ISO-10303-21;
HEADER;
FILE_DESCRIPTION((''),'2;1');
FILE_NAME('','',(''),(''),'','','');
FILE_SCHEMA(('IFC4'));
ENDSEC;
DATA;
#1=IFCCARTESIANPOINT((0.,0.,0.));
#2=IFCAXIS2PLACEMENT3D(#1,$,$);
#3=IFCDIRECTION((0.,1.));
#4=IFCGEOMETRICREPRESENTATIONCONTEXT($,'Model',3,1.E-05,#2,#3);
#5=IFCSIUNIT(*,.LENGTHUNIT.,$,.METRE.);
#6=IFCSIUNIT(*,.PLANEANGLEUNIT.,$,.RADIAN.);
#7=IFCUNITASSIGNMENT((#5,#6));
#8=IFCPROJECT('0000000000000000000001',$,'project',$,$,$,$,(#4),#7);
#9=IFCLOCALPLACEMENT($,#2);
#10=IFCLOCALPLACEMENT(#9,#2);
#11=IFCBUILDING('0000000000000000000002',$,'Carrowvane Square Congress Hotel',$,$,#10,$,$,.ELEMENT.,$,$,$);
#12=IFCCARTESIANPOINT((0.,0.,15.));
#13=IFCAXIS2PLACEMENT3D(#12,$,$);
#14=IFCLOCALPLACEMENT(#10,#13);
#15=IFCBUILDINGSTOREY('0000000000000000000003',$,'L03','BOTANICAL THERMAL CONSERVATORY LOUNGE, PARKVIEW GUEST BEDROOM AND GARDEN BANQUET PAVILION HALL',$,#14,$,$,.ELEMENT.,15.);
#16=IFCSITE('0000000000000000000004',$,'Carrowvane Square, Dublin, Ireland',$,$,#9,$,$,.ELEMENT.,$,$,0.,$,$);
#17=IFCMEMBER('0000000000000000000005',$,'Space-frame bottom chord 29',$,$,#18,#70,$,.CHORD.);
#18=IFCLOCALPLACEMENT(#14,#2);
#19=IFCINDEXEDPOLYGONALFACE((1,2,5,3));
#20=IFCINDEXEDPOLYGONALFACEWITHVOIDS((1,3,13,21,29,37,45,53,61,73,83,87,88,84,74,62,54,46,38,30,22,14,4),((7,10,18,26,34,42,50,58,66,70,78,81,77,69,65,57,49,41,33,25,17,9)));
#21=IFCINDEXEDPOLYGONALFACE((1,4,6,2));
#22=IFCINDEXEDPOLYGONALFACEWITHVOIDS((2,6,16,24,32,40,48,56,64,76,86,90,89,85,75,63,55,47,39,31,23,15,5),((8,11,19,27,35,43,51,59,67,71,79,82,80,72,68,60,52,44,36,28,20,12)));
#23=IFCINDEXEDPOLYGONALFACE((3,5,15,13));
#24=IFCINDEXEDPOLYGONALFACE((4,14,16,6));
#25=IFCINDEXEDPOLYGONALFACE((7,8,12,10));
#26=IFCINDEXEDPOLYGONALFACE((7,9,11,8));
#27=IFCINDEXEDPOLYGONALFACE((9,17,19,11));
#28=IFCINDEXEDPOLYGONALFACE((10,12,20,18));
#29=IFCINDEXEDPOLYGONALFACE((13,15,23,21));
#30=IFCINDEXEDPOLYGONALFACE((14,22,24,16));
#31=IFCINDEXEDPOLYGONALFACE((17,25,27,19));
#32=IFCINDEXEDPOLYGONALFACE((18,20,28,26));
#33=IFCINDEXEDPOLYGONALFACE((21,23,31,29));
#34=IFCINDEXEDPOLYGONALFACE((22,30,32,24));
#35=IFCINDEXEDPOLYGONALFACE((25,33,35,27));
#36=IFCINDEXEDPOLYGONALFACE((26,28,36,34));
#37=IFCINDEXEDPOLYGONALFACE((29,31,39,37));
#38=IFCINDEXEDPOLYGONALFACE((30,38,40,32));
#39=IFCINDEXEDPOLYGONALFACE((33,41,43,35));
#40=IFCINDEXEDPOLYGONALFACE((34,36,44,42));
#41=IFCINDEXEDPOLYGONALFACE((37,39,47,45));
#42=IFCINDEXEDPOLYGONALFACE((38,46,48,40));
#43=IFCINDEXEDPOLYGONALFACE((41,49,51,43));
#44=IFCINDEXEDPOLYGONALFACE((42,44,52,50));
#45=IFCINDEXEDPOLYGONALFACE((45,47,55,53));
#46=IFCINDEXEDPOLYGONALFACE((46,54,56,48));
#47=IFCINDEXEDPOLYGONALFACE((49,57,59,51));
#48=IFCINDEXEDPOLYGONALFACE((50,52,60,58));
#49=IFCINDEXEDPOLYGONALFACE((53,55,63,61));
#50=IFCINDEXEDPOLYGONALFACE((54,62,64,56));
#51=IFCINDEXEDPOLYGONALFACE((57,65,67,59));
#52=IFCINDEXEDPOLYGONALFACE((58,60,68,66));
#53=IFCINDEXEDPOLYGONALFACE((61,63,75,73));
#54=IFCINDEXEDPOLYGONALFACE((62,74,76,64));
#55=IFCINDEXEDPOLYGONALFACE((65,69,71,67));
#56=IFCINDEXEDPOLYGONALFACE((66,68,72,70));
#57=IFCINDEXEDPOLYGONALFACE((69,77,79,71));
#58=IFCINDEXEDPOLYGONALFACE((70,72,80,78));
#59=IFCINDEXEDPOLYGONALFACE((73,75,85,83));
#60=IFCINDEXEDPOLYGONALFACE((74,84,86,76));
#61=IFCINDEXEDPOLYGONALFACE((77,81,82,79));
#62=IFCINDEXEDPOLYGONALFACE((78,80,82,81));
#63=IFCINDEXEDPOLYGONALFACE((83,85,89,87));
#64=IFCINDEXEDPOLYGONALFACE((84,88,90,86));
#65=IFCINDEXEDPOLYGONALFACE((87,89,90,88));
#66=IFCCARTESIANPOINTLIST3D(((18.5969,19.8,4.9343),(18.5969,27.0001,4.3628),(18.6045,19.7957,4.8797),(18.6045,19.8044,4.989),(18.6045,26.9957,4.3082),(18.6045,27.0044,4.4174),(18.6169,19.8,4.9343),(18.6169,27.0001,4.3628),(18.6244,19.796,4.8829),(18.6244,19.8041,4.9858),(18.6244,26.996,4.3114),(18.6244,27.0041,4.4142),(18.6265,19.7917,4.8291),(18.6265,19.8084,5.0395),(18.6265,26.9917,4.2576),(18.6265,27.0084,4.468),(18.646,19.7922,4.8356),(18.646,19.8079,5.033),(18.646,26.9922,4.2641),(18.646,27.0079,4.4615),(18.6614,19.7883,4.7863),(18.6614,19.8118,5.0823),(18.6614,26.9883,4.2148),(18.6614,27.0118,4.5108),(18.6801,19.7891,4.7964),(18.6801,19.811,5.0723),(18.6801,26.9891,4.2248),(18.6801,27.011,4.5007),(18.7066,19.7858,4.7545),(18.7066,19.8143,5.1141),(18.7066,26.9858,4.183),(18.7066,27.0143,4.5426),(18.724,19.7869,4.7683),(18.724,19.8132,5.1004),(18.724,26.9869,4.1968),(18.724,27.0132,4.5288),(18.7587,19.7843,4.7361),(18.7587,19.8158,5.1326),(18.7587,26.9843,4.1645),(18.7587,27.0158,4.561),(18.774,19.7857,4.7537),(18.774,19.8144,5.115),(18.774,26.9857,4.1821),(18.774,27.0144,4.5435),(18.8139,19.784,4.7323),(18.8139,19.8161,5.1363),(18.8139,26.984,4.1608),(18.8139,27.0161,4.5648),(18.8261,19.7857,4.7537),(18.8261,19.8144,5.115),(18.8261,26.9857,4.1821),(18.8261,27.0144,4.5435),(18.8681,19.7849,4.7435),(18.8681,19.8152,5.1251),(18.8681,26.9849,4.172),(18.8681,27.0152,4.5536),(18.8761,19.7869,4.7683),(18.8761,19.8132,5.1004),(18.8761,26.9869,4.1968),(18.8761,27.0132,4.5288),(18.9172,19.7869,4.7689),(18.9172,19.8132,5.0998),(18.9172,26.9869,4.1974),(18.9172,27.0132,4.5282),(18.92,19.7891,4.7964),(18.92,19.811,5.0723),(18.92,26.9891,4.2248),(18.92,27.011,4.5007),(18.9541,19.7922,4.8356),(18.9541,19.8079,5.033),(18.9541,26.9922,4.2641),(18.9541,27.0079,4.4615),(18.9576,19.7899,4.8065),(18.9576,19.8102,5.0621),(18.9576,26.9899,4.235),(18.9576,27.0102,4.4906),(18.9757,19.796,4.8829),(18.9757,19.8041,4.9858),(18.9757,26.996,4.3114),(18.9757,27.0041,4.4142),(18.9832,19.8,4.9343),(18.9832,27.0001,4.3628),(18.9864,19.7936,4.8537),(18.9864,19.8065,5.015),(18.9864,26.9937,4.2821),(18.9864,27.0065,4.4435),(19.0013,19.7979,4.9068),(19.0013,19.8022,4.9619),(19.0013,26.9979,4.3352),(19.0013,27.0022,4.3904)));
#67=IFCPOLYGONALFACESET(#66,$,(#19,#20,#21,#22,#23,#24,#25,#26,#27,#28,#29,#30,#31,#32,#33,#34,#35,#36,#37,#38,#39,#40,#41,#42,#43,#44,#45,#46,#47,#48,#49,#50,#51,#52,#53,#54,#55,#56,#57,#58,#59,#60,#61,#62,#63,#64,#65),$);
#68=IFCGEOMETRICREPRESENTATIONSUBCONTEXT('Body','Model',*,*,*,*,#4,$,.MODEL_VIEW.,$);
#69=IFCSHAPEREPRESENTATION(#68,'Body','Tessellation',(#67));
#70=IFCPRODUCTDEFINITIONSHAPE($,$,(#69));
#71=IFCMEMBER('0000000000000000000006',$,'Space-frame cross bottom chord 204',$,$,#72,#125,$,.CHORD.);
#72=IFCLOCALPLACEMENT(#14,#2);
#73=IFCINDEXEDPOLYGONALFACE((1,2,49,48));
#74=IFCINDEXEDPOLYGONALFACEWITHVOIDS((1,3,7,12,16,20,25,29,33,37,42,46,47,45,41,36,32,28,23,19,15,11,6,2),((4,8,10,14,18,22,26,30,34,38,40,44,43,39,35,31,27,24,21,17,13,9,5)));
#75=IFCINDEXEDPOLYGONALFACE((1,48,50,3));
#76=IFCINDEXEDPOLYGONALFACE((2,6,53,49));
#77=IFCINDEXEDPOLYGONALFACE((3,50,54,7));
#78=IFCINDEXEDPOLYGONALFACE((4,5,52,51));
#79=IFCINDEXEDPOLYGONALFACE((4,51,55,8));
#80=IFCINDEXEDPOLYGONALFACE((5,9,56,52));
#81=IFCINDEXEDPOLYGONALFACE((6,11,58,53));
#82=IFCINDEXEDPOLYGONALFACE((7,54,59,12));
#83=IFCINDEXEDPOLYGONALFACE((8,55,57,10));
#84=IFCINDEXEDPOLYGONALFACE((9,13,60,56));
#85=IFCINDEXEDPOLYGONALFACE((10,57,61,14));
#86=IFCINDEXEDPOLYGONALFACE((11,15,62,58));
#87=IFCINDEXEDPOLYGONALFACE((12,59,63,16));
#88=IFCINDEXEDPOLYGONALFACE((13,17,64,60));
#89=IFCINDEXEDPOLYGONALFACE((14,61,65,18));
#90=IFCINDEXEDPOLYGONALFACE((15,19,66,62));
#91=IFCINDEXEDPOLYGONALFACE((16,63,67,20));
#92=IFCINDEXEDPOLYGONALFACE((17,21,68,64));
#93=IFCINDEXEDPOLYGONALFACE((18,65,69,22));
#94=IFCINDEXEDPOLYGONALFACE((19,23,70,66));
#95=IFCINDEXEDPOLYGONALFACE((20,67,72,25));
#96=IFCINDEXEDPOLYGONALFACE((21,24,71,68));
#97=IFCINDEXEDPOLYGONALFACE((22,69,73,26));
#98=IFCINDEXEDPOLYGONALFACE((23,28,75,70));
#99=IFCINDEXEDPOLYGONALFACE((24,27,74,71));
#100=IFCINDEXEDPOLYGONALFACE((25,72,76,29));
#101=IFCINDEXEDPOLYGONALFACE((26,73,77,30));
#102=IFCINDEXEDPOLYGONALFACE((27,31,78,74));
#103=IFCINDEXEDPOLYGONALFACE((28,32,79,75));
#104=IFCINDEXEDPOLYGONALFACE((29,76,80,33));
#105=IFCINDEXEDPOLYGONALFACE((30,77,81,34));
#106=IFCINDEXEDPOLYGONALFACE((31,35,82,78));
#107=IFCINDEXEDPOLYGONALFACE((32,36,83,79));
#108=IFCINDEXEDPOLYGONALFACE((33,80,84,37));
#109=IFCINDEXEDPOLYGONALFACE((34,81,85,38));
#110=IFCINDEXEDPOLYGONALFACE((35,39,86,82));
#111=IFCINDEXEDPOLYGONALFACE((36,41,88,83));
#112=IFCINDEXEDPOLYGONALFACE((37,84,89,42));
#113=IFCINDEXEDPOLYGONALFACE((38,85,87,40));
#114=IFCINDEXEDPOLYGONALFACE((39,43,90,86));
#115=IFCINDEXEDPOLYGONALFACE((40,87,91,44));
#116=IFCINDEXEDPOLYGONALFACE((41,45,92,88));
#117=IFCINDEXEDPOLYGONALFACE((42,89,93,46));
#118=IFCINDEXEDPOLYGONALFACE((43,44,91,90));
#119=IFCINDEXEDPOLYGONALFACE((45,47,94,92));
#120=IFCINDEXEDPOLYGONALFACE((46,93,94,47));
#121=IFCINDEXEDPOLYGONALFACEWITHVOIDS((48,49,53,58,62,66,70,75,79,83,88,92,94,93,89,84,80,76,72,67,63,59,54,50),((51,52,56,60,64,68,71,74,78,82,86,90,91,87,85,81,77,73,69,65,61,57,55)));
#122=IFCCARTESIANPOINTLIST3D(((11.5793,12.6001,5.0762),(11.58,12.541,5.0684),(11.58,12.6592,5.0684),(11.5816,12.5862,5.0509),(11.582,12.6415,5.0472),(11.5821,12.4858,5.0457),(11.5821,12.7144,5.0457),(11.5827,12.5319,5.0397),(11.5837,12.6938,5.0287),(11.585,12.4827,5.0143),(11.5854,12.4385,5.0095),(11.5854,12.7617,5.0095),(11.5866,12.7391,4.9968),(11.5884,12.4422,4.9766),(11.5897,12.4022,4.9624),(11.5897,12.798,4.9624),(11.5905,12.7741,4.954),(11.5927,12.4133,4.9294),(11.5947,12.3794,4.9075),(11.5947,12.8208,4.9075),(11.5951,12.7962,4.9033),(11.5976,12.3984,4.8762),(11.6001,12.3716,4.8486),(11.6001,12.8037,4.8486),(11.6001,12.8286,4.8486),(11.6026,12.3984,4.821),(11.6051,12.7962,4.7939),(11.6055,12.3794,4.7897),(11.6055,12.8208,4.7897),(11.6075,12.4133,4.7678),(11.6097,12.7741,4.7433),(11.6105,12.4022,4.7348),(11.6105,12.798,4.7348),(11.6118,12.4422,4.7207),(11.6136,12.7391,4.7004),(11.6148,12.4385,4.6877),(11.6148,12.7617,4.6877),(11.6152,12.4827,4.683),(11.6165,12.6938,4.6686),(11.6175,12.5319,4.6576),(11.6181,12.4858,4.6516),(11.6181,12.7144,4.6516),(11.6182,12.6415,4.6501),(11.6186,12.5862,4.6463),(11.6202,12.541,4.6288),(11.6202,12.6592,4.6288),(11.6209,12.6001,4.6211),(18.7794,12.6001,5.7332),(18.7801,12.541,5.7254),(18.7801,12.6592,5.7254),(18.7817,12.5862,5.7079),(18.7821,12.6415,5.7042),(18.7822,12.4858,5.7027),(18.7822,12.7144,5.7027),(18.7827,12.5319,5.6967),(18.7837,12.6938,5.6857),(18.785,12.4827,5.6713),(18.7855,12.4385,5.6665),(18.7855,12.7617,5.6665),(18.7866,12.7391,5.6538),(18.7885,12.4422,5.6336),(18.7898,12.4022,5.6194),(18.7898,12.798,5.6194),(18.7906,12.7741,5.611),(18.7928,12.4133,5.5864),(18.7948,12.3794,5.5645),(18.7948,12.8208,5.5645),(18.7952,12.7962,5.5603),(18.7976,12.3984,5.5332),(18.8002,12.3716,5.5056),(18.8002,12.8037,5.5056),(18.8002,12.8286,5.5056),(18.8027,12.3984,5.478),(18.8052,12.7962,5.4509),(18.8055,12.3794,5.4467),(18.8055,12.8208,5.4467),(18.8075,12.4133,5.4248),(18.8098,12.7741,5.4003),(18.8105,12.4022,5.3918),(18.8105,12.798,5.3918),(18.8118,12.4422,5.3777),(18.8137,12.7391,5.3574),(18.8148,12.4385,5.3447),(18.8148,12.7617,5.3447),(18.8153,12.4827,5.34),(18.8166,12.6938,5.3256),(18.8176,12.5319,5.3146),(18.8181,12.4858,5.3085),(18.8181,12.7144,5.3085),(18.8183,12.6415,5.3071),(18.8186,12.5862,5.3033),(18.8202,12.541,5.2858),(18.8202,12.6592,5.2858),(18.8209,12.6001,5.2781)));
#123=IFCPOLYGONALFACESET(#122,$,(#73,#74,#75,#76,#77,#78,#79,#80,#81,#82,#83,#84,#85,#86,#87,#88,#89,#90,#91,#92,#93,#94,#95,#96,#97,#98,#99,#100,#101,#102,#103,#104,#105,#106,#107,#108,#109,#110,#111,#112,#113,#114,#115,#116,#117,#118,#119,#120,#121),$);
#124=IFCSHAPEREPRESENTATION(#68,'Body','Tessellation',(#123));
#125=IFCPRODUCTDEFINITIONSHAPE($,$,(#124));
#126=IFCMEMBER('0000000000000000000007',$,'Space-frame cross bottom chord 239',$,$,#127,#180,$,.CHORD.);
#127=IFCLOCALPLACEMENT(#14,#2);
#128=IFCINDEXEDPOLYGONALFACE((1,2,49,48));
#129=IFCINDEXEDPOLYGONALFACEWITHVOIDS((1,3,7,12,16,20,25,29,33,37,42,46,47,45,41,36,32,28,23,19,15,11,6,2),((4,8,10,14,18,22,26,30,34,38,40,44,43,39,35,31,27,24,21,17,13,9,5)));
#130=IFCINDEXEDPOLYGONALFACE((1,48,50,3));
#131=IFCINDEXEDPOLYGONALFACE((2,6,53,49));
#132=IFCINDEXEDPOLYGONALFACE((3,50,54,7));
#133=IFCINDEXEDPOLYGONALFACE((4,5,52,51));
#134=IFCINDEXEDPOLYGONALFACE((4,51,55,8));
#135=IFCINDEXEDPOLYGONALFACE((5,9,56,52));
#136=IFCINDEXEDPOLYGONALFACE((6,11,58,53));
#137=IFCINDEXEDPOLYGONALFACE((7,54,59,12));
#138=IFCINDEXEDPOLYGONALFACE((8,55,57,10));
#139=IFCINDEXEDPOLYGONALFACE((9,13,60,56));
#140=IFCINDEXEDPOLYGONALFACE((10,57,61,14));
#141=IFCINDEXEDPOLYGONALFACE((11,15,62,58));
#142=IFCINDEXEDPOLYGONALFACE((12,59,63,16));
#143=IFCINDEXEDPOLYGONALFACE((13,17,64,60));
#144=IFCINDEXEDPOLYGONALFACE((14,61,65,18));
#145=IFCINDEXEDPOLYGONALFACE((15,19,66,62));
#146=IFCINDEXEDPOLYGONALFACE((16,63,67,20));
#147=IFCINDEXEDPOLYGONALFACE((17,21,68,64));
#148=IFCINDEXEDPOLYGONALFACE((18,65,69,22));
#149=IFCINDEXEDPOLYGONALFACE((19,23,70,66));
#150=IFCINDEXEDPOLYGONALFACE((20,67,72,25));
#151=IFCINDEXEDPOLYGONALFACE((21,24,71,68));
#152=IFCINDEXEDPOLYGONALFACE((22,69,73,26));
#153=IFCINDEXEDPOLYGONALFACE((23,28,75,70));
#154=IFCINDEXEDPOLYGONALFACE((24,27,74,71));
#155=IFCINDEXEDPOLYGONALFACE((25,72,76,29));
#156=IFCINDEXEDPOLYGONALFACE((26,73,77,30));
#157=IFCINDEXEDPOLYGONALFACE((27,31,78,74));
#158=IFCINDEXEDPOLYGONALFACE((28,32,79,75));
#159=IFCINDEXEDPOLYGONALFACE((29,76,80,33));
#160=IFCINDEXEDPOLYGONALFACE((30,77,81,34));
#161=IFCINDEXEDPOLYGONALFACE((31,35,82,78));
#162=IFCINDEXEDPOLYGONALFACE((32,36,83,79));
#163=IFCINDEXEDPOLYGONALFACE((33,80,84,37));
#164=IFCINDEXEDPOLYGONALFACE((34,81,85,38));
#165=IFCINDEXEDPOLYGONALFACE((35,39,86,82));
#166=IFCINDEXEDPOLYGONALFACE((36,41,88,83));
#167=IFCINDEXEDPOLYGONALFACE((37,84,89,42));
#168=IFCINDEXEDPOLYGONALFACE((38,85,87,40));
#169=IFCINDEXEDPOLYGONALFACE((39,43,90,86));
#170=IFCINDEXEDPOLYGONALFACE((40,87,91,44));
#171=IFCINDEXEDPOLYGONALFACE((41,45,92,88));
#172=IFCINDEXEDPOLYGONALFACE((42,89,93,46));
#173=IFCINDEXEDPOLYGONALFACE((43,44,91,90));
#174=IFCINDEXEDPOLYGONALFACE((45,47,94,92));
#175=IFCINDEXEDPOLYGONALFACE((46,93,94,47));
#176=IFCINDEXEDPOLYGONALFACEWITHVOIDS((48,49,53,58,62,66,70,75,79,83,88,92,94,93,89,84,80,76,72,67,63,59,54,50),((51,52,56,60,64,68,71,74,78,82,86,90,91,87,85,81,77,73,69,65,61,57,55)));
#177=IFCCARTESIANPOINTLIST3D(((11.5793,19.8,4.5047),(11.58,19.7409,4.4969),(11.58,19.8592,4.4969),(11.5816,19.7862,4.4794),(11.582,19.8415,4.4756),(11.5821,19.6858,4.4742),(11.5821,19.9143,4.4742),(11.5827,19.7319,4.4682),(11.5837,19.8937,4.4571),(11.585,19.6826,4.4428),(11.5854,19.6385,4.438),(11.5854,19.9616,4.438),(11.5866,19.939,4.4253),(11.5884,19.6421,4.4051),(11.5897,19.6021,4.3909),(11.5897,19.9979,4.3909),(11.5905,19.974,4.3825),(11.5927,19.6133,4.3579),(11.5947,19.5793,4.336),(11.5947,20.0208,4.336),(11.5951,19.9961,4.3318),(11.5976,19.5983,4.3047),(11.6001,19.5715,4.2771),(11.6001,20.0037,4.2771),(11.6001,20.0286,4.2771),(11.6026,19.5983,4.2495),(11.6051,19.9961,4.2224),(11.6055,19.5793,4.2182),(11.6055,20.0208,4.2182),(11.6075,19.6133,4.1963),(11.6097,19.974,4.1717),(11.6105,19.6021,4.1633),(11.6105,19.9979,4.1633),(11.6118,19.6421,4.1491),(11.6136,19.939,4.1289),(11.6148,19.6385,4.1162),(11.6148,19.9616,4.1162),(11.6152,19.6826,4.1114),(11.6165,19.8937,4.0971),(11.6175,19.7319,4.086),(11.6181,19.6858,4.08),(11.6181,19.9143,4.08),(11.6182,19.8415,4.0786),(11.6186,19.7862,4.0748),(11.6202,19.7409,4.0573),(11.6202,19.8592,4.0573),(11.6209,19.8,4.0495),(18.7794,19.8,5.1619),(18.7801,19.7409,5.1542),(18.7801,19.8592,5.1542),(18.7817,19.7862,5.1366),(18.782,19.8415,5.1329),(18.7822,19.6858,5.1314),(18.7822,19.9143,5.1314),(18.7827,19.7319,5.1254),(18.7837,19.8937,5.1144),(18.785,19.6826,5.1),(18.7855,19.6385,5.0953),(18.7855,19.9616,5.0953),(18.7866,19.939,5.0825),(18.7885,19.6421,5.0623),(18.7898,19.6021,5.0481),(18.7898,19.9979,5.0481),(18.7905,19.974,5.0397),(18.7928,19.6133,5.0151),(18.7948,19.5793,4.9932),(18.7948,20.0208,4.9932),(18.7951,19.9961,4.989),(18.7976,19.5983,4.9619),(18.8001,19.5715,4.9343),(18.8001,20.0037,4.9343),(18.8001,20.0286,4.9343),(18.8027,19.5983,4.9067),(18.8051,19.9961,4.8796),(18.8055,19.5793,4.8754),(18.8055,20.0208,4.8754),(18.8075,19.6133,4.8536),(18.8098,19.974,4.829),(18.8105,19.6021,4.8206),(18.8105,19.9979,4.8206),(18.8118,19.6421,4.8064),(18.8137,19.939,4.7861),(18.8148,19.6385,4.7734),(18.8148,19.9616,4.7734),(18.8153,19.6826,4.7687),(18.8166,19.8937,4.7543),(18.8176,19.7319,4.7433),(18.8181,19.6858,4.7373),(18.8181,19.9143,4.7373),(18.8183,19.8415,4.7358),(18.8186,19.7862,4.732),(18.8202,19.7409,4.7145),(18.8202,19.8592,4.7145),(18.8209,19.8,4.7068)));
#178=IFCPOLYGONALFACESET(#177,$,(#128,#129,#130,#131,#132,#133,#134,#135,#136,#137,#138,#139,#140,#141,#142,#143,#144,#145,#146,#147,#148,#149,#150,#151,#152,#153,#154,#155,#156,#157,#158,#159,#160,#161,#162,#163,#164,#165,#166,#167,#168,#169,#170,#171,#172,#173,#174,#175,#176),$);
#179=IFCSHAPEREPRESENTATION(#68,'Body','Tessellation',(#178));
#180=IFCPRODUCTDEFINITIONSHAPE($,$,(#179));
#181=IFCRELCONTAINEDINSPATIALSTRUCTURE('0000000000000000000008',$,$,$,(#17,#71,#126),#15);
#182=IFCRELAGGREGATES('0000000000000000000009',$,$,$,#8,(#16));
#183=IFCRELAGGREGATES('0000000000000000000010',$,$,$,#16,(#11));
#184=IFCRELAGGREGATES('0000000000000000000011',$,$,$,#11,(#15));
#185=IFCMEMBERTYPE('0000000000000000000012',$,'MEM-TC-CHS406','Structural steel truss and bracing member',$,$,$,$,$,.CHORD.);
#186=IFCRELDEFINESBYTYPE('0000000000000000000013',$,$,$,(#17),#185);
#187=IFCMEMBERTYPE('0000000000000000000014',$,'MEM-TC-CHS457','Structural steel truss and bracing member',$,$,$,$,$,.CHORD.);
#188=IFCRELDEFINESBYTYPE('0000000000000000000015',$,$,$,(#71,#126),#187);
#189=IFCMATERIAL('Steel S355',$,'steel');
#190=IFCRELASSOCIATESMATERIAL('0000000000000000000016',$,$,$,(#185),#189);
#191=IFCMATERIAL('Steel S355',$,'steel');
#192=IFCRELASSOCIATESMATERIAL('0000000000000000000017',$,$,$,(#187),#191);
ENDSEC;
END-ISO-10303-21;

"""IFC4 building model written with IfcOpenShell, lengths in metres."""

from ifc_helpers import new_model, si_unit, direction, frame, origin, origin_2d, place, context, subcontext, project, spatial, hollow_circle, extrude, material, material_profile, profile_set, type_object, element, save


model = new_model("IFC4")

# Units and contexts
model_context = context("Model", 3, precision=1e-05, world=origin(), true_north=direction((0.0, 1.0)))
body_context = subcontext(model_context, "Body", "Model", "MODEL_VIEW")
ifc_project = project(units=[si_unit("LENGTHUNIT", "METRE"), si_unit("PLANEANGLEUNIT", "RADIAN")], contexts=[model_context])

# Site, building, storey
site_placement = place(None, origin())
site = spatial("IfcSite", under=ifc_project, at=site_placement, Name="Carrowvane Square, Dublin, Ireland", CompositionType="ELEMENT", RefElevation=0.0)
building_placement = place(site_placement, origin())
building = spatial("IfcBuilding", under=site, at=building_placement, Name="Carrowvane Square Congress Hotel", CompositionType="ELEMENT")
storey_placement = place(building_placement, frame((0.0, 0.0, 15.0)))
storey = spatial("IfcBuildingStorey", under=building, at=storey_placement, Name="L03", Description="BOTANICAL THERMAL CONSERVATORY LOUNGE, PARKVIEW GUEST BEDROOM AND GARDEN BANQUET PAVILION HALL", CompositionType="ELEMENT", Elevation=15.0)

# Members
ifc_material_1 = material(Name="Steel S355", Category="steel")
ifc_material_profile_1 = material_profile(ifc_material_1, hollow_circle(Radius=0.2031, WallThickness=0.02, at=origin_2d()), Name="CHS 406.4x20")
ifc_profile_set_1 = profile_set([ifc_material_profile_1], Name="Steel S355")
member_type_1 = type_object("IfcMemberType", Name="MEM-TC-CHS406", Description="Structural steel truss and bracing member", PredefinedType="CHORD", material=ifc_profile_set_1)
for number, where, z_axis, x_axis, name in (
    (1, (18.8, 19.8, 4.9343), (0.0, 0.996864, -0.079131), (-1.0, 0.0, 0.0), "Space-frame bottom chord 29"),
):
    element("IfcMember", number, at=place(storey_placement, frame(where, z_axis=z_axis, x_axis=x_axis)), inside=storey, type_object=member_type_1, Name=name, PredefinedType="CHORD", context=body_context, shape_type="SweptSolid", body=[
        extrude(hollow_circle(Radius=0.2031, WallThickness=0.02, at=origin_2d()), origin(), (0.0, 0.0, 1.0), 7.2227),
    ])
ifc_material_2 = material(Name="Steel S355", Category="steel")
ifc_material_profile_2 = material_profile(ifc_material_2, hollow_circle(Radius=0.2285, WallThickness=0.0249, at=origin_2d()), Name="CHS 457.0x25")
ifc_profile_set_2 = profile_set([ifc_material_profile_2], Name="Steel S355")
member_type_2 = type_object("IfcMemberType", Name="MEM-TC-CHS457", Description="Structural steel truss and bracing member", PredefinedType="CHORD", material=ifc_profile_set_2)
for number, where, z_axis, x_axis, name in (
    (2, (11.6001, 12.6001, 4.8486), (0.995863, 0.0, 0.090871), (0.0, 1.0, 0.0), "Space-frame cross bottom chord 204"),
    (3, (11.6001, 19.8, 4.2771), (0.99586, 0.0, 0.090904), (0.0, 1.0, 0.0), "Space-frame cross bottom chord 239"),
):
    element("IfcMember", number, at=place(storey_placement, frame(where, z_axis=z_axis, x_axis=x_axis)), inside=storey, type_object=member_type_2, Name=name, PredefinedType="CHORD", context=body_context, shape_type="SweptSolid", body=[
        extrude(hollow_circle(Radius=0.2285, WallThickness=0.0249, at=origin_2d()), origin(), (0.0, 0.0, 1.0), 7.23),
    ])

save(model, "model.ifc")
